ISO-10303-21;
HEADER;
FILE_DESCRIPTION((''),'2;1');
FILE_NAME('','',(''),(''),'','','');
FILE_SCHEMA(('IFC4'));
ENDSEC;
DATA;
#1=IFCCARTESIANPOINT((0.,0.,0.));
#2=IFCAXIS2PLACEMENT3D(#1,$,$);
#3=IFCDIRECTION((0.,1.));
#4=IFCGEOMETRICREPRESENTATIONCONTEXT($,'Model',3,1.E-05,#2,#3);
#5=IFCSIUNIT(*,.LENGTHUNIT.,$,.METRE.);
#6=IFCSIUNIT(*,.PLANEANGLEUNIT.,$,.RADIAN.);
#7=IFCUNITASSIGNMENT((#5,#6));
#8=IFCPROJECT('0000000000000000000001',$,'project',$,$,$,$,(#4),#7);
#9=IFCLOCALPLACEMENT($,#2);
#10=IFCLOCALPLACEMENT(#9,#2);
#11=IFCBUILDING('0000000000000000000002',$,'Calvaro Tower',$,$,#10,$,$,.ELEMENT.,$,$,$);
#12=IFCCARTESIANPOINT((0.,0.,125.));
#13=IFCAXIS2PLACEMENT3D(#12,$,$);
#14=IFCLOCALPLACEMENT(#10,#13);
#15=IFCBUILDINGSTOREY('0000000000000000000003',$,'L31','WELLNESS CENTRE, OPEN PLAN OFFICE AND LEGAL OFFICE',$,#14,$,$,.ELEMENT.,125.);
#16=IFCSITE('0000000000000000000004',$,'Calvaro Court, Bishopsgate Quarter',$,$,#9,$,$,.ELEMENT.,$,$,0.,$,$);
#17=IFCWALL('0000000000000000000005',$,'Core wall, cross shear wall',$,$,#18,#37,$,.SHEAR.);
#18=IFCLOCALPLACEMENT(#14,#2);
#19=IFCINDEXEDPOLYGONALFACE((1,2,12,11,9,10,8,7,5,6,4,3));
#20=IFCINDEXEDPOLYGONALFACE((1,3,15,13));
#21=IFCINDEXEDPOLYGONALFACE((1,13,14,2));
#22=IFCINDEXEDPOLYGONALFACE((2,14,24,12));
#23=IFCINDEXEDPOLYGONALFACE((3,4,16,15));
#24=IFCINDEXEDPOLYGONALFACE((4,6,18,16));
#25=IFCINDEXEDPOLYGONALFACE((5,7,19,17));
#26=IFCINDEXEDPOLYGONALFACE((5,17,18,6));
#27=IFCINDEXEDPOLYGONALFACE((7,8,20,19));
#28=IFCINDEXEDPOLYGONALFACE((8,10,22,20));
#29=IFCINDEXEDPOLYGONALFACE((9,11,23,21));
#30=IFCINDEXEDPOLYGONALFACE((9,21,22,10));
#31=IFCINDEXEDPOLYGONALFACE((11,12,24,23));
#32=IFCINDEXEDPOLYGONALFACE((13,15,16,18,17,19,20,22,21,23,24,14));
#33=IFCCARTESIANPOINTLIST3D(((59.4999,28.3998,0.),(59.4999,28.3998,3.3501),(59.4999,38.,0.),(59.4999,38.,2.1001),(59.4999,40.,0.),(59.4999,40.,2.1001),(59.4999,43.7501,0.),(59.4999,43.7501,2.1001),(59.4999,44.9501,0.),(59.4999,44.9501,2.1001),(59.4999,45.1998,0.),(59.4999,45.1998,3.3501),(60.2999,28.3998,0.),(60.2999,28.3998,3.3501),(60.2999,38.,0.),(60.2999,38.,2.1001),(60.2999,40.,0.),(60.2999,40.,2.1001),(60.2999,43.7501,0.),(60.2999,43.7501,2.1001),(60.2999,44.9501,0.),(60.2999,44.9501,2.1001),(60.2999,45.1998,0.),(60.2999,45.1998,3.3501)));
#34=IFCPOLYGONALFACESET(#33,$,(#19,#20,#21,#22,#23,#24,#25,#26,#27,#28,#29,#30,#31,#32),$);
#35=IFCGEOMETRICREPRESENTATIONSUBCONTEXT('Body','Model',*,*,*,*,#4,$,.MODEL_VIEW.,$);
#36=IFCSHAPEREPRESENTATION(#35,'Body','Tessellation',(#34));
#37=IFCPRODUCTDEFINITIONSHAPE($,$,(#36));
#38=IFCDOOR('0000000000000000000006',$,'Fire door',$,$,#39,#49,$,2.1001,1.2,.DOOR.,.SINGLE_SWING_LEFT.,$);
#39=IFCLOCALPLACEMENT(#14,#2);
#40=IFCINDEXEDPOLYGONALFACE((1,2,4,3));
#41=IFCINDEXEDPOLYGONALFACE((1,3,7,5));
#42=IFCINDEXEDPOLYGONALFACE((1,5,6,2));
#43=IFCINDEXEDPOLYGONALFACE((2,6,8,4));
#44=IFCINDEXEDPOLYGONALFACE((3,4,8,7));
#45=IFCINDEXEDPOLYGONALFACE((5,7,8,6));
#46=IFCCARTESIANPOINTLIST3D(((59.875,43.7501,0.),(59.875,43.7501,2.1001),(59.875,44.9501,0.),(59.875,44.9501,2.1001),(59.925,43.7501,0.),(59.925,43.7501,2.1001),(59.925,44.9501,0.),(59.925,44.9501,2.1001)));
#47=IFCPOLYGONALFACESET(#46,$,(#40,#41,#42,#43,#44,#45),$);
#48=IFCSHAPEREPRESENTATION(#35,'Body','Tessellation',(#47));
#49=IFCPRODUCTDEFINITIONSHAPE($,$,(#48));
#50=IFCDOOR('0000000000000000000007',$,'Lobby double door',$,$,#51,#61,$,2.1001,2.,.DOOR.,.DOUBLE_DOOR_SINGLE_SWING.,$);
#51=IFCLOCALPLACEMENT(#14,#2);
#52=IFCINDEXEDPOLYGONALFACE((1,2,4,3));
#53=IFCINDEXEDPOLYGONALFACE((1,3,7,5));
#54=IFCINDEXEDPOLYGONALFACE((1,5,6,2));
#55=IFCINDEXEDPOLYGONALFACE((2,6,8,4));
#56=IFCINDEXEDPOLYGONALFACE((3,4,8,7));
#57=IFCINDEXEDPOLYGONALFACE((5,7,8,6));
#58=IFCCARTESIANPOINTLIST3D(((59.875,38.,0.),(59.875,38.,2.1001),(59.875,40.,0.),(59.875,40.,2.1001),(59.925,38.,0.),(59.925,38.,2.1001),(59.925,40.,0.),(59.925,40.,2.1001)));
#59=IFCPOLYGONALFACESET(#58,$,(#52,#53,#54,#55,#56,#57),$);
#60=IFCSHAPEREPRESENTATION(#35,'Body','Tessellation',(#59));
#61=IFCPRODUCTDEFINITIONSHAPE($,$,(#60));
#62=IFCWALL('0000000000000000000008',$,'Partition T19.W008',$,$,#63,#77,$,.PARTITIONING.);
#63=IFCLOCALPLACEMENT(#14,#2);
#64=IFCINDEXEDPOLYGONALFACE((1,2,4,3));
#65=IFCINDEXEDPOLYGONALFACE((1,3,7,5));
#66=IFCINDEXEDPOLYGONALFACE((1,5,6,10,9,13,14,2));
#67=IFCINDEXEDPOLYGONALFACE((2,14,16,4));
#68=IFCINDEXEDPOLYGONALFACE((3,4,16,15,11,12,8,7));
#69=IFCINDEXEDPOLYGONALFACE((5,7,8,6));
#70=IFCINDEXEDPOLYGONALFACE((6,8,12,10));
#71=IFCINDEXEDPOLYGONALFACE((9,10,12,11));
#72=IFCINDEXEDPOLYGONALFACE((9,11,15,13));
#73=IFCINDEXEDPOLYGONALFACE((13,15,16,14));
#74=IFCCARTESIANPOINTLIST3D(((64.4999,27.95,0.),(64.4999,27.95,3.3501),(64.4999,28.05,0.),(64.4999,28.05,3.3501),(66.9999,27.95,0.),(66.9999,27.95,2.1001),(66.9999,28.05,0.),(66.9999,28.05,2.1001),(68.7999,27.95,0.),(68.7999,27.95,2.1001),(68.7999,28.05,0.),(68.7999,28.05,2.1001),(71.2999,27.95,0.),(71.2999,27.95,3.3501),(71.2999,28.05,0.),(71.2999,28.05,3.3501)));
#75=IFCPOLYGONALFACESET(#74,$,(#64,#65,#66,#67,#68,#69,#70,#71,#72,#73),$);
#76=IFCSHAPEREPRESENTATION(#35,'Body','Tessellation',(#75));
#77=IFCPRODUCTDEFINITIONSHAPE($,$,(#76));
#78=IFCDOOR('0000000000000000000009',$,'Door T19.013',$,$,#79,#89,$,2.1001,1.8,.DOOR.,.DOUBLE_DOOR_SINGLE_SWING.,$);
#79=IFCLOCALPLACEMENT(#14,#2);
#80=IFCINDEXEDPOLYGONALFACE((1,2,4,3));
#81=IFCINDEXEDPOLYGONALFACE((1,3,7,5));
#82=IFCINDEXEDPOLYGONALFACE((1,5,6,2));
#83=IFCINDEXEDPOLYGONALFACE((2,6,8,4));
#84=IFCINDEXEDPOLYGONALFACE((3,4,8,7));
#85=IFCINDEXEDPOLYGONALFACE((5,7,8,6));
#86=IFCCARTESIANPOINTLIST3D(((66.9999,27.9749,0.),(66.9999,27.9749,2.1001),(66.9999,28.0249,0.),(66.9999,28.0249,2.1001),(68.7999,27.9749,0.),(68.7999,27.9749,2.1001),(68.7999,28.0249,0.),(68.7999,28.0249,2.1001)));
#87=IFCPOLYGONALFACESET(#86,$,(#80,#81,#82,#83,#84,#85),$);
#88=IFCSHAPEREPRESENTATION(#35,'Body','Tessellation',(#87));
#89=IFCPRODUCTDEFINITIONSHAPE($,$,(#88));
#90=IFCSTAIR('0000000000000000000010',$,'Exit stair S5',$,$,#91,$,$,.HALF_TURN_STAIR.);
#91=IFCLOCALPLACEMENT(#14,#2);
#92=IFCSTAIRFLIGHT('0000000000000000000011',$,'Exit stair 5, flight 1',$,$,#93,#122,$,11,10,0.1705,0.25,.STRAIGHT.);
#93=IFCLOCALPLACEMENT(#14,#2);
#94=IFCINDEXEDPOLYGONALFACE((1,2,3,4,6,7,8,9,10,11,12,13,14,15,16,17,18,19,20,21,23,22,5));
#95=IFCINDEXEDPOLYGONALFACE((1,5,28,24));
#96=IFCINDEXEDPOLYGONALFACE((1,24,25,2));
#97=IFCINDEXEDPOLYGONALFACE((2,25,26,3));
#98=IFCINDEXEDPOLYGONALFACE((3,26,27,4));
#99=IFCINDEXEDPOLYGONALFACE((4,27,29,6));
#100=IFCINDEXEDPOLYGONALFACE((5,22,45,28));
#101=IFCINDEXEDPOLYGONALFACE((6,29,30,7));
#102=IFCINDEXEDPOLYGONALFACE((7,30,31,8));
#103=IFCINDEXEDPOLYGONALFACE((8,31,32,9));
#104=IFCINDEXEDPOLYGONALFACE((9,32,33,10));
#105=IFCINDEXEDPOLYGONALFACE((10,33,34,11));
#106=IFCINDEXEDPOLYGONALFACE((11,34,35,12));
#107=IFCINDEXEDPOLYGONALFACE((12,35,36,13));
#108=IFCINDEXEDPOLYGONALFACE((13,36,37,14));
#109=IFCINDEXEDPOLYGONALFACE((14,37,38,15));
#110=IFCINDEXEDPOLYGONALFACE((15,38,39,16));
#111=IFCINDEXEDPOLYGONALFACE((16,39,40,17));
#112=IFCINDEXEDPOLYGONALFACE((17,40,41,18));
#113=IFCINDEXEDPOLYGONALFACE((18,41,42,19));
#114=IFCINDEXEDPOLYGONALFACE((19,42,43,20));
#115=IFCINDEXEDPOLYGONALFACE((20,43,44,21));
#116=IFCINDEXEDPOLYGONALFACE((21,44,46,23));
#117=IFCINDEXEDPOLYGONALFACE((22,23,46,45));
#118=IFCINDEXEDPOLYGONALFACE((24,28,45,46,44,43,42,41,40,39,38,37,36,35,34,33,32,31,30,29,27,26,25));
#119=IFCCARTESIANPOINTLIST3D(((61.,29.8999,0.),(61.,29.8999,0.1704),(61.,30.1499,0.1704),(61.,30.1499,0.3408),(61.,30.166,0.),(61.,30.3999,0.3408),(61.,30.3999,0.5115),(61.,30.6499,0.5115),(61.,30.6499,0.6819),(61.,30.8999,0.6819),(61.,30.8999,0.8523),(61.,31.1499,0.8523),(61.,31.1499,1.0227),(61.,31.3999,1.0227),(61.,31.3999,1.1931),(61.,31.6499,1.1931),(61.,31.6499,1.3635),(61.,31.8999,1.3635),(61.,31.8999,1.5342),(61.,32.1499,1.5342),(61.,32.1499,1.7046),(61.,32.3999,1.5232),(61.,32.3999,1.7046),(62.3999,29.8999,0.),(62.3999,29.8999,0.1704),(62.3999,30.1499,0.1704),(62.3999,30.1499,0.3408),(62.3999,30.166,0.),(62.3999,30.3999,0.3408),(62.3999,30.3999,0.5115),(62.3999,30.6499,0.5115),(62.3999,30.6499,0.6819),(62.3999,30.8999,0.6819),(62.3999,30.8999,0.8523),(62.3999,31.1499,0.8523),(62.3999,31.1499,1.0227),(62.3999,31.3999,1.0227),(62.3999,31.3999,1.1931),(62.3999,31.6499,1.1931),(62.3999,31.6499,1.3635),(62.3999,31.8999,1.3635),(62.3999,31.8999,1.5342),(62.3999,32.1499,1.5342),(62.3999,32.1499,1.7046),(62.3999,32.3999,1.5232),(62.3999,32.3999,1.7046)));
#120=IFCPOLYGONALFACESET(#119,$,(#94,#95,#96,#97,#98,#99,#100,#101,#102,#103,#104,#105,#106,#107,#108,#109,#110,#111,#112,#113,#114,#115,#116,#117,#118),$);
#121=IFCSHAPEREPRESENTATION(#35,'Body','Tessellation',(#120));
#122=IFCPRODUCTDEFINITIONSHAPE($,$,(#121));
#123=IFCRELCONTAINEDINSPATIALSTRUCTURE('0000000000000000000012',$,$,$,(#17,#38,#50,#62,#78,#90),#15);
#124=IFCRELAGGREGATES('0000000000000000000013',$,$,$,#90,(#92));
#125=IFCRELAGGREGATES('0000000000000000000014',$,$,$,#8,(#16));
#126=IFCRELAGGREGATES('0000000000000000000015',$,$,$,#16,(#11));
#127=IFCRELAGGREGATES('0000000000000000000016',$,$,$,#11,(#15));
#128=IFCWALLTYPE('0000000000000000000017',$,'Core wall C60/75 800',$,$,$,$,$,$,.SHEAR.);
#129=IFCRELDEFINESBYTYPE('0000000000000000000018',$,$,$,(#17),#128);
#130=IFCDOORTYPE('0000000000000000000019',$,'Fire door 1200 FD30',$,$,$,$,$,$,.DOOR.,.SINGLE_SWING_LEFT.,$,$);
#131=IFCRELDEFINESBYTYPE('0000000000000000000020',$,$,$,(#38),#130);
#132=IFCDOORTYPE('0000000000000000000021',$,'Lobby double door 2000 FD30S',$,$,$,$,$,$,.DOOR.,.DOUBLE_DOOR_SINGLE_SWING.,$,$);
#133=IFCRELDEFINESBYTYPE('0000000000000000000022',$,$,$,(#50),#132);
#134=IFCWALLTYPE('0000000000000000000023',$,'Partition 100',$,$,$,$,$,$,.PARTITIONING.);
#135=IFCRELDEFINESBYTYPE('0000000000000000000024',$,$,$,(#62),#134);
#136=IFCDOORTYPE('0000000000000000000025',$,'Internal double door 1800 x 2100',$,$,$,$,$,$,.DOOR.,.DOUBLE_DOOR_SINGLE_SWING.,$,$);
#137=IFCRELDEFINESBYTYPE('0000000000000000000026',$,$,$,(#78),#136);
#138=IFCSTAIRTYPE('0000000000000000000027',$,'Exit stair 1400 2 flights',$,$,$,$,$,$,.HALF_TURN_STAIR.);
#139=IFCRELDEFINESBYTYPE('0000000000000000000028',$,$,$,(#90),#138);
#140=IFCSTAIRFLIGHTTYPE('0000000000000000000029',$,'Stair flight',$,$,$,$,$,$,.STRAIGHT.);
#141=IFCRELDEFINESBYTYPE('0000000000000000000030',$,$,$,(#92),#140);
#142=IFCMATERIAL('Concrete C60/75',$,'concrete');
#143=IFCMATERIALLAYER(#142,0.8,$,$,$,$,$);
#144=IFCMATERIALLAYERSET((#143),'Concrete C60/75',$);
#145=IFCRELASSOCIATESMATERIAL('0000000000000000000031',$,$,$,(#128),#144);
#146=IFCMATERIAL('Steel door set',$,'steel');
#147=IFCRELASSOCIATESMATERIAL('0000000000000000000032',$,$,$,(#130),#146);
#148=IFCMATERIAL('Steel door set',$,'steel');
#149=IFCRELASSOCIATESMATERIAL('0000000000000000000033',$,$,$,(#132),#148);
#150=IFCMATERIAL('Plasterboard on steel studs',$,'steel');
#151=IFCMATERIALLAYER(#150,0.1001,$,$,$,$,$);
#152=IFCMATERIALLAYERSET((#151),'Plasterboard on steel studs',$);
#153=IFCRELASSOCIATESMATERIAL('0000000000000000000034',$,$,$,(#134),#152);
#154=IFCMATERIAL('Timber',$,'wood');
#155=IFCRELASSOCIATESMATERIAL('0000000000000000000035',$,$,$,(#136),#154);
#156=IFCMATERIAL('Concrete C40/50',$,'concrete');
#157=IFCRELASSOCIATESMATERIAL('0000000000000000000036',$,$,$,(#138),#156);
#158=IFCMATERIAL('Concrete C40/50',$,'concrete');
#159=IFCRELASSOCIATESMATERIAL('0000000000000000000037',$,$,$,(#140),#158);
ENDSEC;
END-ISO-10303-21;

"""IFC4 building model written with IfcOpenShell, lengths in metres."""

from ifc_helpers import new_model, si_unit, direction, frame, frame_2d, origin, place, context, subcontext, project, spatial, polyline, rectangle, outline, extrude, material, layer, layer_set, type_object, element, fill, aggregate, save


model = new_model("IFC4")

# Units and contexts
model_context = context("Model", 3, precision=1e-05, world=origin(), true_north=direction((0.0, 1.0)))
body_context = subcontext(model_context, "Body", "Model", "MODEL_VIEW")
ifc_project = project(units=[si_unit("LENGTHUNIT", "METRE"), si_unit("PLANEANGLEUNIT", "RADIAN")], contexts=[model_context])

# Site, building, storey
site_placement = place(None, origin())
site = spatial("IfcSite", under=ifc_project, at=site_placement, Name="Calvaro Court, Bishopsgate Quarter", CompositionType="ELEMENT", RefElevation=0.0)
building_placement = place(site_placement, origin())
building = spatial("IfcBuilding", under=site, at=building_placement, Name="Calvaro Tower", CompositionType="ELEMENT")
storey_placement = place(building_placement, frame((0.0, 0.0, 125.0)))
storey = spatial("IfcBuildingStorey", under=building, at=storey_placement, Name="L31", Description="WELLNESS CENTRE, OPEN PLAN OFFICE AND LEGAL OFFICE", CompositionType="ELEMENT", Elevation=125.0)

# Wall, openings, doors
ifc_material_1 = material(Name="Concrete C60/75", Category="concrete")
ifc_layer_1 = layer(ifc_material_1, 0.8)
ifc_layer_set_1 = layer_set([ifc_layer_1], Name="Concrete C60/75")
wall_type_1 = type_object("IfcWallType", Name="Core wall C60/75 800", PredefinedType="SHEAR", material=ifc_layer_set_1)
wall_1_placement = place(storey_placement, frame((59.8999, 28.3999, 0.0), z_axis=(0.0, 0.0, 1.0), x_axis=(0.0, 1.0, 0.0)))
wall_1 = element("IfcWall", 1, at=wall_1_placement, inside=storey, type_object=wall_type_1, Name="Core wall, cross shear wall", PredefinedType="SHEAR", context=body_context, shape_type="SweptSolid", body=[
    extrude(rectangle(XDim=16.8, YDim=0.8, at=frame_2d((8.3999, 0.0))), origin(), (0.0, 0.0, 1.0), 3.3501),
])
opening_1_placement = place(wall_1_placement, frame((9.6001, 0.0, 0.0)))
opening_1 = element("IfcOpeningElement", 2, at=opening_1_placement, cuts=wall_1, PredefinedType="OPENING", context=body_context, shape_type="SweptSolid", body=[
    extrude(rectangle(XDim=2.0, YDim=2.1001, at=frame_2d((1.0, 1.05))), frame((0.0, 0.4099, 0.0), z_axis=(0.0, -1.0, 0.0), x_axis=(1.0, 0.0, 0.0)), (0.0, 0.0, 1.0), 0.8201),
])
opening_2_placement = place(wall_1_placement, frame((15.3501, 0.0, 0.0)))
opening_2 = element("IfcOpeningElement", 3, at=opening_2_placement, cuts=wall_1, PredefinedType="OPENING", context=body_context, shape_type="SweptSolid", body=[
    extrude(rectangle(XDim=1.2, YDim=2.1001, at=frame_2d((0.6001, 1.05))), frame((0.0, 0.4099, 0.0), z_axis=(0.0, -1.0, 0.0), x_axis=(1.0, 0.0, 0.0)), (0.0, 0.0, 1.0), 0.8201),
])
ifc_material_2 = material(Name="Steel door set", Category="steel")
door_type_1 = type_object("IfcDoorType", Name="Fire door 1200 FD30", OperationType="SINGLE_SWING_LEFT", PredefinedType="DOOR", material=ifc_material_2)
door_1_placement = place(opening_2_placement, origin())
door_1 = element("IfcDoor", 4, at=door_1_placement, inside=storey, type_object=door_type_1, Name="Fire door", OperationType="SINGLE_SWING_LEFT", OverallHeight=2.1001, OverallWidth=1.2, PredefinedType="DOOR", context=body_context, shape_type="SweptSolid", body=[
    extrude(rectangle(XDim=1.2, YDim=2.1001, at=frame_2d((0.6001, 1.05))), frame((0.0, 0.0249, 0.0), z_axis=(0.0, -1.0, 0.0), x_axis=(1.0, 0.0, 0.0)), (0.0, 0.0, 1.0), 0.05),
])
fill(opening_2, door_1)
ifc_material_3 = material(Name="Steel door set", Category="steel")
door_type_2 = type_object("IfcDoorType", Name="Lobby double door 2000 FD30S", OperationType="DOUBLE_DOOR_SINGLE_SWING", PredefinedType="DOOR", material=ifc_material_3)
door_2_placement = place(opening_1_placement, origin())
door_2 = element("IfcDoor", 5, at=door_2_placement, inside=storey, type_object=door_type_2, Name="Lobby double door", OperationType="DOUBLE_DOOR_SINGLE_SWING", OverallHeight=2.1001, OverallWidth=2.0, PredefinedType="DOOR", context=body_context, shape_type="SweptSolid", body=[
    extrude(rectangle(XDim=2.0, YDim=2.1001, at=frame_2d((1.0, 1.05))), frame((0.0, 0.0249, 0.0), z_axis=(0.0, -1.0, 0.0), x_axis=(1.0, 0.0, 0.0)), (0.0, 0.0, 1.0), 0.05),
])
fill(opening_1, door_2)

# Wall, opening, door
ifc_material_4 = material(Name="Plasterboard on steel studs", Category="steel")
ifc_layer_2 = layer(ifc_material_4, 0.1001)
ifc_layer_set_2 = layer_set([ifc_layer_2], Name="Plasterboard on steel studs")
wall_type_2 = type_object("IfcWallType", Name="Partition 100", PredefinedType="PARTITIONING", material=ifc_layer_set_2)
wall_2_placement = place(storey_placement, frame((64.5, 28.0, 0.0), z_axis=(0.0, 0.0, 1.0), x_axis=(1.0, 0.0, 0.0)))
wall_2 = element("IfcWall", 6, at=wall_2_placement, inside=storey, type_object=wall_type_2, Name="Partition T19.W008", PredefinedType="PARTITIONING", context=body_context, shape_type="SweptSolid", body=[
    extrude(rectangle(XDim=6.8, YDim=0.1001, at=frame_2d((3.3999, 0.0))), origin(), (0.0, 0.0, 1.0), 3.3501),
])
opening_3_placement = place(wall_2_placement, frame((2.5, 0.0, 0.0)))
opening_3 = element("IfcOpeningElement", 7, at=opening_3_placement, cuts=wall_2, PredefinedType="OPENING", context=body_context, shape_type="SweptSolid", body=[
    extrude(rectangle(XDim=1.8, YDim=2.1001, at=frame_2d((0.8999, 1.05))), frame((0.0, 0.0601, 0.0), z_axis=(0.0, -1.0, 0.0), x_axis=(1.0, 0.0, 0.0)), (0.0, 0.0, 1.0), 0.1201),
])
ifc_material_5 = material(Name="Timber", Category="wood")
door_type_3 = type_object("IfcDoorType", Name="Internal double door 1800 x 2100", OperationType="DOUBLE_DOOR_SINGLE_SWING", PredefinedType="DOOR", material=ifc_material_5)
door_3_placement = place(opening_3_placement, origin())
door_3 = element("IfcDoor", 8, at=door_3_placement, inside=storey, type_object=door_type_3, Name="Door T19.013", OperationType="DOUBLE_DOOR_SINGLE_SWING", OverallHeight=2.1001, OverallWidth=1.8, PredefinedType="DOOR", context=body_context, shape_type="SweptSolid", body=[
    extrude(rectangle(XDim=1.8, YDim=2.1001, at=frame_2d((0.8999, 1.05))), frame((0.0, 0.0249, 0.0), z_axis=(0.0, -1.0, 0.0), x_axis=(1.0, 0.0, 0.0)), (0.0, 0.0, 1.0), 0.05),
])
fill(opening_3, door_3)

# Stair, stair flight
ifc_material_6 = material(Name="Concrete C40/50", Category="concrete")
stair_type = type_object("IfcStairType", Name="Exit stair 1400 2 flights", PredefinedType="HALF_TURN_STAIR", material=ifc_material_6)
stair_1_placement = place(storey_placement, origin())
stair_1 = element("IfcStair", 9, at=stair_1_placement, inside=storey, type_object=stair_type, Name="Exit stair S5", PredefinedType="HALF_TURN_STAIR")
ifc_material_7 = material(Name="Concrete C40/50", Category="concrete")
stair_flight_type = type_object("IfcStairFlightType", Name="Stair flight", PredefinedType="STRAIGHT", material=ifc_material_7)
stair_flight_placement = place(storey_placement, frame((61.7, 29.8999, 0.0), z_axis=(0.0, 0.0, 1.0), x_axis=(0.0, 1.0, 0.0)))
stair_flight = element("IfcStairFlight", 10, at=stair_flight_placement, type_object=stair_flight_type, Name="Exit stair 5, flight 1", NumberOfRisers=11, NumberOfTreads=10, PredefinedType="STRAIGHT", RiserHeight=0.1705, TreadLength=0.25, context=body_context, shape_type="SweptSolid", body=[
    extrude(outline(polyline([(0.0, 0.0), (0.0, 0.1704), (0.25, 0.1704), (0.25, 0.3408), (0.5, 0.3408), (0.5, 0.5115), (0.75, 0.5115), (0.75, 0.6819), (1.0, 0.6819), (1.0, 0.8523), (1.25, 0.8523), (1.25, 1.0227), (1.5, 1.0227), (1.5, 1.1931), (1.75, 1.1931), (1.75, 1.3635), (2.0, 1.3635), (2.0, 1.5342), (2.25, 1.5342), (2.25, 1.7046), (2.5, 1.7046), (2.5, 1.875), (2.5, 1.5232), (0.2661, 0.0), (0.0, 0.0)])), frame((0.0, 0.7, 0.0), z_axis=(0.0, -1.0, 0.0), x_axis=(1.0, 0.0, 0.0)), (0.0, 0.0, 1.0), 1.3999),
])

aggregate(stair_1, [stair_flight])

save(model, "model.ifc")
